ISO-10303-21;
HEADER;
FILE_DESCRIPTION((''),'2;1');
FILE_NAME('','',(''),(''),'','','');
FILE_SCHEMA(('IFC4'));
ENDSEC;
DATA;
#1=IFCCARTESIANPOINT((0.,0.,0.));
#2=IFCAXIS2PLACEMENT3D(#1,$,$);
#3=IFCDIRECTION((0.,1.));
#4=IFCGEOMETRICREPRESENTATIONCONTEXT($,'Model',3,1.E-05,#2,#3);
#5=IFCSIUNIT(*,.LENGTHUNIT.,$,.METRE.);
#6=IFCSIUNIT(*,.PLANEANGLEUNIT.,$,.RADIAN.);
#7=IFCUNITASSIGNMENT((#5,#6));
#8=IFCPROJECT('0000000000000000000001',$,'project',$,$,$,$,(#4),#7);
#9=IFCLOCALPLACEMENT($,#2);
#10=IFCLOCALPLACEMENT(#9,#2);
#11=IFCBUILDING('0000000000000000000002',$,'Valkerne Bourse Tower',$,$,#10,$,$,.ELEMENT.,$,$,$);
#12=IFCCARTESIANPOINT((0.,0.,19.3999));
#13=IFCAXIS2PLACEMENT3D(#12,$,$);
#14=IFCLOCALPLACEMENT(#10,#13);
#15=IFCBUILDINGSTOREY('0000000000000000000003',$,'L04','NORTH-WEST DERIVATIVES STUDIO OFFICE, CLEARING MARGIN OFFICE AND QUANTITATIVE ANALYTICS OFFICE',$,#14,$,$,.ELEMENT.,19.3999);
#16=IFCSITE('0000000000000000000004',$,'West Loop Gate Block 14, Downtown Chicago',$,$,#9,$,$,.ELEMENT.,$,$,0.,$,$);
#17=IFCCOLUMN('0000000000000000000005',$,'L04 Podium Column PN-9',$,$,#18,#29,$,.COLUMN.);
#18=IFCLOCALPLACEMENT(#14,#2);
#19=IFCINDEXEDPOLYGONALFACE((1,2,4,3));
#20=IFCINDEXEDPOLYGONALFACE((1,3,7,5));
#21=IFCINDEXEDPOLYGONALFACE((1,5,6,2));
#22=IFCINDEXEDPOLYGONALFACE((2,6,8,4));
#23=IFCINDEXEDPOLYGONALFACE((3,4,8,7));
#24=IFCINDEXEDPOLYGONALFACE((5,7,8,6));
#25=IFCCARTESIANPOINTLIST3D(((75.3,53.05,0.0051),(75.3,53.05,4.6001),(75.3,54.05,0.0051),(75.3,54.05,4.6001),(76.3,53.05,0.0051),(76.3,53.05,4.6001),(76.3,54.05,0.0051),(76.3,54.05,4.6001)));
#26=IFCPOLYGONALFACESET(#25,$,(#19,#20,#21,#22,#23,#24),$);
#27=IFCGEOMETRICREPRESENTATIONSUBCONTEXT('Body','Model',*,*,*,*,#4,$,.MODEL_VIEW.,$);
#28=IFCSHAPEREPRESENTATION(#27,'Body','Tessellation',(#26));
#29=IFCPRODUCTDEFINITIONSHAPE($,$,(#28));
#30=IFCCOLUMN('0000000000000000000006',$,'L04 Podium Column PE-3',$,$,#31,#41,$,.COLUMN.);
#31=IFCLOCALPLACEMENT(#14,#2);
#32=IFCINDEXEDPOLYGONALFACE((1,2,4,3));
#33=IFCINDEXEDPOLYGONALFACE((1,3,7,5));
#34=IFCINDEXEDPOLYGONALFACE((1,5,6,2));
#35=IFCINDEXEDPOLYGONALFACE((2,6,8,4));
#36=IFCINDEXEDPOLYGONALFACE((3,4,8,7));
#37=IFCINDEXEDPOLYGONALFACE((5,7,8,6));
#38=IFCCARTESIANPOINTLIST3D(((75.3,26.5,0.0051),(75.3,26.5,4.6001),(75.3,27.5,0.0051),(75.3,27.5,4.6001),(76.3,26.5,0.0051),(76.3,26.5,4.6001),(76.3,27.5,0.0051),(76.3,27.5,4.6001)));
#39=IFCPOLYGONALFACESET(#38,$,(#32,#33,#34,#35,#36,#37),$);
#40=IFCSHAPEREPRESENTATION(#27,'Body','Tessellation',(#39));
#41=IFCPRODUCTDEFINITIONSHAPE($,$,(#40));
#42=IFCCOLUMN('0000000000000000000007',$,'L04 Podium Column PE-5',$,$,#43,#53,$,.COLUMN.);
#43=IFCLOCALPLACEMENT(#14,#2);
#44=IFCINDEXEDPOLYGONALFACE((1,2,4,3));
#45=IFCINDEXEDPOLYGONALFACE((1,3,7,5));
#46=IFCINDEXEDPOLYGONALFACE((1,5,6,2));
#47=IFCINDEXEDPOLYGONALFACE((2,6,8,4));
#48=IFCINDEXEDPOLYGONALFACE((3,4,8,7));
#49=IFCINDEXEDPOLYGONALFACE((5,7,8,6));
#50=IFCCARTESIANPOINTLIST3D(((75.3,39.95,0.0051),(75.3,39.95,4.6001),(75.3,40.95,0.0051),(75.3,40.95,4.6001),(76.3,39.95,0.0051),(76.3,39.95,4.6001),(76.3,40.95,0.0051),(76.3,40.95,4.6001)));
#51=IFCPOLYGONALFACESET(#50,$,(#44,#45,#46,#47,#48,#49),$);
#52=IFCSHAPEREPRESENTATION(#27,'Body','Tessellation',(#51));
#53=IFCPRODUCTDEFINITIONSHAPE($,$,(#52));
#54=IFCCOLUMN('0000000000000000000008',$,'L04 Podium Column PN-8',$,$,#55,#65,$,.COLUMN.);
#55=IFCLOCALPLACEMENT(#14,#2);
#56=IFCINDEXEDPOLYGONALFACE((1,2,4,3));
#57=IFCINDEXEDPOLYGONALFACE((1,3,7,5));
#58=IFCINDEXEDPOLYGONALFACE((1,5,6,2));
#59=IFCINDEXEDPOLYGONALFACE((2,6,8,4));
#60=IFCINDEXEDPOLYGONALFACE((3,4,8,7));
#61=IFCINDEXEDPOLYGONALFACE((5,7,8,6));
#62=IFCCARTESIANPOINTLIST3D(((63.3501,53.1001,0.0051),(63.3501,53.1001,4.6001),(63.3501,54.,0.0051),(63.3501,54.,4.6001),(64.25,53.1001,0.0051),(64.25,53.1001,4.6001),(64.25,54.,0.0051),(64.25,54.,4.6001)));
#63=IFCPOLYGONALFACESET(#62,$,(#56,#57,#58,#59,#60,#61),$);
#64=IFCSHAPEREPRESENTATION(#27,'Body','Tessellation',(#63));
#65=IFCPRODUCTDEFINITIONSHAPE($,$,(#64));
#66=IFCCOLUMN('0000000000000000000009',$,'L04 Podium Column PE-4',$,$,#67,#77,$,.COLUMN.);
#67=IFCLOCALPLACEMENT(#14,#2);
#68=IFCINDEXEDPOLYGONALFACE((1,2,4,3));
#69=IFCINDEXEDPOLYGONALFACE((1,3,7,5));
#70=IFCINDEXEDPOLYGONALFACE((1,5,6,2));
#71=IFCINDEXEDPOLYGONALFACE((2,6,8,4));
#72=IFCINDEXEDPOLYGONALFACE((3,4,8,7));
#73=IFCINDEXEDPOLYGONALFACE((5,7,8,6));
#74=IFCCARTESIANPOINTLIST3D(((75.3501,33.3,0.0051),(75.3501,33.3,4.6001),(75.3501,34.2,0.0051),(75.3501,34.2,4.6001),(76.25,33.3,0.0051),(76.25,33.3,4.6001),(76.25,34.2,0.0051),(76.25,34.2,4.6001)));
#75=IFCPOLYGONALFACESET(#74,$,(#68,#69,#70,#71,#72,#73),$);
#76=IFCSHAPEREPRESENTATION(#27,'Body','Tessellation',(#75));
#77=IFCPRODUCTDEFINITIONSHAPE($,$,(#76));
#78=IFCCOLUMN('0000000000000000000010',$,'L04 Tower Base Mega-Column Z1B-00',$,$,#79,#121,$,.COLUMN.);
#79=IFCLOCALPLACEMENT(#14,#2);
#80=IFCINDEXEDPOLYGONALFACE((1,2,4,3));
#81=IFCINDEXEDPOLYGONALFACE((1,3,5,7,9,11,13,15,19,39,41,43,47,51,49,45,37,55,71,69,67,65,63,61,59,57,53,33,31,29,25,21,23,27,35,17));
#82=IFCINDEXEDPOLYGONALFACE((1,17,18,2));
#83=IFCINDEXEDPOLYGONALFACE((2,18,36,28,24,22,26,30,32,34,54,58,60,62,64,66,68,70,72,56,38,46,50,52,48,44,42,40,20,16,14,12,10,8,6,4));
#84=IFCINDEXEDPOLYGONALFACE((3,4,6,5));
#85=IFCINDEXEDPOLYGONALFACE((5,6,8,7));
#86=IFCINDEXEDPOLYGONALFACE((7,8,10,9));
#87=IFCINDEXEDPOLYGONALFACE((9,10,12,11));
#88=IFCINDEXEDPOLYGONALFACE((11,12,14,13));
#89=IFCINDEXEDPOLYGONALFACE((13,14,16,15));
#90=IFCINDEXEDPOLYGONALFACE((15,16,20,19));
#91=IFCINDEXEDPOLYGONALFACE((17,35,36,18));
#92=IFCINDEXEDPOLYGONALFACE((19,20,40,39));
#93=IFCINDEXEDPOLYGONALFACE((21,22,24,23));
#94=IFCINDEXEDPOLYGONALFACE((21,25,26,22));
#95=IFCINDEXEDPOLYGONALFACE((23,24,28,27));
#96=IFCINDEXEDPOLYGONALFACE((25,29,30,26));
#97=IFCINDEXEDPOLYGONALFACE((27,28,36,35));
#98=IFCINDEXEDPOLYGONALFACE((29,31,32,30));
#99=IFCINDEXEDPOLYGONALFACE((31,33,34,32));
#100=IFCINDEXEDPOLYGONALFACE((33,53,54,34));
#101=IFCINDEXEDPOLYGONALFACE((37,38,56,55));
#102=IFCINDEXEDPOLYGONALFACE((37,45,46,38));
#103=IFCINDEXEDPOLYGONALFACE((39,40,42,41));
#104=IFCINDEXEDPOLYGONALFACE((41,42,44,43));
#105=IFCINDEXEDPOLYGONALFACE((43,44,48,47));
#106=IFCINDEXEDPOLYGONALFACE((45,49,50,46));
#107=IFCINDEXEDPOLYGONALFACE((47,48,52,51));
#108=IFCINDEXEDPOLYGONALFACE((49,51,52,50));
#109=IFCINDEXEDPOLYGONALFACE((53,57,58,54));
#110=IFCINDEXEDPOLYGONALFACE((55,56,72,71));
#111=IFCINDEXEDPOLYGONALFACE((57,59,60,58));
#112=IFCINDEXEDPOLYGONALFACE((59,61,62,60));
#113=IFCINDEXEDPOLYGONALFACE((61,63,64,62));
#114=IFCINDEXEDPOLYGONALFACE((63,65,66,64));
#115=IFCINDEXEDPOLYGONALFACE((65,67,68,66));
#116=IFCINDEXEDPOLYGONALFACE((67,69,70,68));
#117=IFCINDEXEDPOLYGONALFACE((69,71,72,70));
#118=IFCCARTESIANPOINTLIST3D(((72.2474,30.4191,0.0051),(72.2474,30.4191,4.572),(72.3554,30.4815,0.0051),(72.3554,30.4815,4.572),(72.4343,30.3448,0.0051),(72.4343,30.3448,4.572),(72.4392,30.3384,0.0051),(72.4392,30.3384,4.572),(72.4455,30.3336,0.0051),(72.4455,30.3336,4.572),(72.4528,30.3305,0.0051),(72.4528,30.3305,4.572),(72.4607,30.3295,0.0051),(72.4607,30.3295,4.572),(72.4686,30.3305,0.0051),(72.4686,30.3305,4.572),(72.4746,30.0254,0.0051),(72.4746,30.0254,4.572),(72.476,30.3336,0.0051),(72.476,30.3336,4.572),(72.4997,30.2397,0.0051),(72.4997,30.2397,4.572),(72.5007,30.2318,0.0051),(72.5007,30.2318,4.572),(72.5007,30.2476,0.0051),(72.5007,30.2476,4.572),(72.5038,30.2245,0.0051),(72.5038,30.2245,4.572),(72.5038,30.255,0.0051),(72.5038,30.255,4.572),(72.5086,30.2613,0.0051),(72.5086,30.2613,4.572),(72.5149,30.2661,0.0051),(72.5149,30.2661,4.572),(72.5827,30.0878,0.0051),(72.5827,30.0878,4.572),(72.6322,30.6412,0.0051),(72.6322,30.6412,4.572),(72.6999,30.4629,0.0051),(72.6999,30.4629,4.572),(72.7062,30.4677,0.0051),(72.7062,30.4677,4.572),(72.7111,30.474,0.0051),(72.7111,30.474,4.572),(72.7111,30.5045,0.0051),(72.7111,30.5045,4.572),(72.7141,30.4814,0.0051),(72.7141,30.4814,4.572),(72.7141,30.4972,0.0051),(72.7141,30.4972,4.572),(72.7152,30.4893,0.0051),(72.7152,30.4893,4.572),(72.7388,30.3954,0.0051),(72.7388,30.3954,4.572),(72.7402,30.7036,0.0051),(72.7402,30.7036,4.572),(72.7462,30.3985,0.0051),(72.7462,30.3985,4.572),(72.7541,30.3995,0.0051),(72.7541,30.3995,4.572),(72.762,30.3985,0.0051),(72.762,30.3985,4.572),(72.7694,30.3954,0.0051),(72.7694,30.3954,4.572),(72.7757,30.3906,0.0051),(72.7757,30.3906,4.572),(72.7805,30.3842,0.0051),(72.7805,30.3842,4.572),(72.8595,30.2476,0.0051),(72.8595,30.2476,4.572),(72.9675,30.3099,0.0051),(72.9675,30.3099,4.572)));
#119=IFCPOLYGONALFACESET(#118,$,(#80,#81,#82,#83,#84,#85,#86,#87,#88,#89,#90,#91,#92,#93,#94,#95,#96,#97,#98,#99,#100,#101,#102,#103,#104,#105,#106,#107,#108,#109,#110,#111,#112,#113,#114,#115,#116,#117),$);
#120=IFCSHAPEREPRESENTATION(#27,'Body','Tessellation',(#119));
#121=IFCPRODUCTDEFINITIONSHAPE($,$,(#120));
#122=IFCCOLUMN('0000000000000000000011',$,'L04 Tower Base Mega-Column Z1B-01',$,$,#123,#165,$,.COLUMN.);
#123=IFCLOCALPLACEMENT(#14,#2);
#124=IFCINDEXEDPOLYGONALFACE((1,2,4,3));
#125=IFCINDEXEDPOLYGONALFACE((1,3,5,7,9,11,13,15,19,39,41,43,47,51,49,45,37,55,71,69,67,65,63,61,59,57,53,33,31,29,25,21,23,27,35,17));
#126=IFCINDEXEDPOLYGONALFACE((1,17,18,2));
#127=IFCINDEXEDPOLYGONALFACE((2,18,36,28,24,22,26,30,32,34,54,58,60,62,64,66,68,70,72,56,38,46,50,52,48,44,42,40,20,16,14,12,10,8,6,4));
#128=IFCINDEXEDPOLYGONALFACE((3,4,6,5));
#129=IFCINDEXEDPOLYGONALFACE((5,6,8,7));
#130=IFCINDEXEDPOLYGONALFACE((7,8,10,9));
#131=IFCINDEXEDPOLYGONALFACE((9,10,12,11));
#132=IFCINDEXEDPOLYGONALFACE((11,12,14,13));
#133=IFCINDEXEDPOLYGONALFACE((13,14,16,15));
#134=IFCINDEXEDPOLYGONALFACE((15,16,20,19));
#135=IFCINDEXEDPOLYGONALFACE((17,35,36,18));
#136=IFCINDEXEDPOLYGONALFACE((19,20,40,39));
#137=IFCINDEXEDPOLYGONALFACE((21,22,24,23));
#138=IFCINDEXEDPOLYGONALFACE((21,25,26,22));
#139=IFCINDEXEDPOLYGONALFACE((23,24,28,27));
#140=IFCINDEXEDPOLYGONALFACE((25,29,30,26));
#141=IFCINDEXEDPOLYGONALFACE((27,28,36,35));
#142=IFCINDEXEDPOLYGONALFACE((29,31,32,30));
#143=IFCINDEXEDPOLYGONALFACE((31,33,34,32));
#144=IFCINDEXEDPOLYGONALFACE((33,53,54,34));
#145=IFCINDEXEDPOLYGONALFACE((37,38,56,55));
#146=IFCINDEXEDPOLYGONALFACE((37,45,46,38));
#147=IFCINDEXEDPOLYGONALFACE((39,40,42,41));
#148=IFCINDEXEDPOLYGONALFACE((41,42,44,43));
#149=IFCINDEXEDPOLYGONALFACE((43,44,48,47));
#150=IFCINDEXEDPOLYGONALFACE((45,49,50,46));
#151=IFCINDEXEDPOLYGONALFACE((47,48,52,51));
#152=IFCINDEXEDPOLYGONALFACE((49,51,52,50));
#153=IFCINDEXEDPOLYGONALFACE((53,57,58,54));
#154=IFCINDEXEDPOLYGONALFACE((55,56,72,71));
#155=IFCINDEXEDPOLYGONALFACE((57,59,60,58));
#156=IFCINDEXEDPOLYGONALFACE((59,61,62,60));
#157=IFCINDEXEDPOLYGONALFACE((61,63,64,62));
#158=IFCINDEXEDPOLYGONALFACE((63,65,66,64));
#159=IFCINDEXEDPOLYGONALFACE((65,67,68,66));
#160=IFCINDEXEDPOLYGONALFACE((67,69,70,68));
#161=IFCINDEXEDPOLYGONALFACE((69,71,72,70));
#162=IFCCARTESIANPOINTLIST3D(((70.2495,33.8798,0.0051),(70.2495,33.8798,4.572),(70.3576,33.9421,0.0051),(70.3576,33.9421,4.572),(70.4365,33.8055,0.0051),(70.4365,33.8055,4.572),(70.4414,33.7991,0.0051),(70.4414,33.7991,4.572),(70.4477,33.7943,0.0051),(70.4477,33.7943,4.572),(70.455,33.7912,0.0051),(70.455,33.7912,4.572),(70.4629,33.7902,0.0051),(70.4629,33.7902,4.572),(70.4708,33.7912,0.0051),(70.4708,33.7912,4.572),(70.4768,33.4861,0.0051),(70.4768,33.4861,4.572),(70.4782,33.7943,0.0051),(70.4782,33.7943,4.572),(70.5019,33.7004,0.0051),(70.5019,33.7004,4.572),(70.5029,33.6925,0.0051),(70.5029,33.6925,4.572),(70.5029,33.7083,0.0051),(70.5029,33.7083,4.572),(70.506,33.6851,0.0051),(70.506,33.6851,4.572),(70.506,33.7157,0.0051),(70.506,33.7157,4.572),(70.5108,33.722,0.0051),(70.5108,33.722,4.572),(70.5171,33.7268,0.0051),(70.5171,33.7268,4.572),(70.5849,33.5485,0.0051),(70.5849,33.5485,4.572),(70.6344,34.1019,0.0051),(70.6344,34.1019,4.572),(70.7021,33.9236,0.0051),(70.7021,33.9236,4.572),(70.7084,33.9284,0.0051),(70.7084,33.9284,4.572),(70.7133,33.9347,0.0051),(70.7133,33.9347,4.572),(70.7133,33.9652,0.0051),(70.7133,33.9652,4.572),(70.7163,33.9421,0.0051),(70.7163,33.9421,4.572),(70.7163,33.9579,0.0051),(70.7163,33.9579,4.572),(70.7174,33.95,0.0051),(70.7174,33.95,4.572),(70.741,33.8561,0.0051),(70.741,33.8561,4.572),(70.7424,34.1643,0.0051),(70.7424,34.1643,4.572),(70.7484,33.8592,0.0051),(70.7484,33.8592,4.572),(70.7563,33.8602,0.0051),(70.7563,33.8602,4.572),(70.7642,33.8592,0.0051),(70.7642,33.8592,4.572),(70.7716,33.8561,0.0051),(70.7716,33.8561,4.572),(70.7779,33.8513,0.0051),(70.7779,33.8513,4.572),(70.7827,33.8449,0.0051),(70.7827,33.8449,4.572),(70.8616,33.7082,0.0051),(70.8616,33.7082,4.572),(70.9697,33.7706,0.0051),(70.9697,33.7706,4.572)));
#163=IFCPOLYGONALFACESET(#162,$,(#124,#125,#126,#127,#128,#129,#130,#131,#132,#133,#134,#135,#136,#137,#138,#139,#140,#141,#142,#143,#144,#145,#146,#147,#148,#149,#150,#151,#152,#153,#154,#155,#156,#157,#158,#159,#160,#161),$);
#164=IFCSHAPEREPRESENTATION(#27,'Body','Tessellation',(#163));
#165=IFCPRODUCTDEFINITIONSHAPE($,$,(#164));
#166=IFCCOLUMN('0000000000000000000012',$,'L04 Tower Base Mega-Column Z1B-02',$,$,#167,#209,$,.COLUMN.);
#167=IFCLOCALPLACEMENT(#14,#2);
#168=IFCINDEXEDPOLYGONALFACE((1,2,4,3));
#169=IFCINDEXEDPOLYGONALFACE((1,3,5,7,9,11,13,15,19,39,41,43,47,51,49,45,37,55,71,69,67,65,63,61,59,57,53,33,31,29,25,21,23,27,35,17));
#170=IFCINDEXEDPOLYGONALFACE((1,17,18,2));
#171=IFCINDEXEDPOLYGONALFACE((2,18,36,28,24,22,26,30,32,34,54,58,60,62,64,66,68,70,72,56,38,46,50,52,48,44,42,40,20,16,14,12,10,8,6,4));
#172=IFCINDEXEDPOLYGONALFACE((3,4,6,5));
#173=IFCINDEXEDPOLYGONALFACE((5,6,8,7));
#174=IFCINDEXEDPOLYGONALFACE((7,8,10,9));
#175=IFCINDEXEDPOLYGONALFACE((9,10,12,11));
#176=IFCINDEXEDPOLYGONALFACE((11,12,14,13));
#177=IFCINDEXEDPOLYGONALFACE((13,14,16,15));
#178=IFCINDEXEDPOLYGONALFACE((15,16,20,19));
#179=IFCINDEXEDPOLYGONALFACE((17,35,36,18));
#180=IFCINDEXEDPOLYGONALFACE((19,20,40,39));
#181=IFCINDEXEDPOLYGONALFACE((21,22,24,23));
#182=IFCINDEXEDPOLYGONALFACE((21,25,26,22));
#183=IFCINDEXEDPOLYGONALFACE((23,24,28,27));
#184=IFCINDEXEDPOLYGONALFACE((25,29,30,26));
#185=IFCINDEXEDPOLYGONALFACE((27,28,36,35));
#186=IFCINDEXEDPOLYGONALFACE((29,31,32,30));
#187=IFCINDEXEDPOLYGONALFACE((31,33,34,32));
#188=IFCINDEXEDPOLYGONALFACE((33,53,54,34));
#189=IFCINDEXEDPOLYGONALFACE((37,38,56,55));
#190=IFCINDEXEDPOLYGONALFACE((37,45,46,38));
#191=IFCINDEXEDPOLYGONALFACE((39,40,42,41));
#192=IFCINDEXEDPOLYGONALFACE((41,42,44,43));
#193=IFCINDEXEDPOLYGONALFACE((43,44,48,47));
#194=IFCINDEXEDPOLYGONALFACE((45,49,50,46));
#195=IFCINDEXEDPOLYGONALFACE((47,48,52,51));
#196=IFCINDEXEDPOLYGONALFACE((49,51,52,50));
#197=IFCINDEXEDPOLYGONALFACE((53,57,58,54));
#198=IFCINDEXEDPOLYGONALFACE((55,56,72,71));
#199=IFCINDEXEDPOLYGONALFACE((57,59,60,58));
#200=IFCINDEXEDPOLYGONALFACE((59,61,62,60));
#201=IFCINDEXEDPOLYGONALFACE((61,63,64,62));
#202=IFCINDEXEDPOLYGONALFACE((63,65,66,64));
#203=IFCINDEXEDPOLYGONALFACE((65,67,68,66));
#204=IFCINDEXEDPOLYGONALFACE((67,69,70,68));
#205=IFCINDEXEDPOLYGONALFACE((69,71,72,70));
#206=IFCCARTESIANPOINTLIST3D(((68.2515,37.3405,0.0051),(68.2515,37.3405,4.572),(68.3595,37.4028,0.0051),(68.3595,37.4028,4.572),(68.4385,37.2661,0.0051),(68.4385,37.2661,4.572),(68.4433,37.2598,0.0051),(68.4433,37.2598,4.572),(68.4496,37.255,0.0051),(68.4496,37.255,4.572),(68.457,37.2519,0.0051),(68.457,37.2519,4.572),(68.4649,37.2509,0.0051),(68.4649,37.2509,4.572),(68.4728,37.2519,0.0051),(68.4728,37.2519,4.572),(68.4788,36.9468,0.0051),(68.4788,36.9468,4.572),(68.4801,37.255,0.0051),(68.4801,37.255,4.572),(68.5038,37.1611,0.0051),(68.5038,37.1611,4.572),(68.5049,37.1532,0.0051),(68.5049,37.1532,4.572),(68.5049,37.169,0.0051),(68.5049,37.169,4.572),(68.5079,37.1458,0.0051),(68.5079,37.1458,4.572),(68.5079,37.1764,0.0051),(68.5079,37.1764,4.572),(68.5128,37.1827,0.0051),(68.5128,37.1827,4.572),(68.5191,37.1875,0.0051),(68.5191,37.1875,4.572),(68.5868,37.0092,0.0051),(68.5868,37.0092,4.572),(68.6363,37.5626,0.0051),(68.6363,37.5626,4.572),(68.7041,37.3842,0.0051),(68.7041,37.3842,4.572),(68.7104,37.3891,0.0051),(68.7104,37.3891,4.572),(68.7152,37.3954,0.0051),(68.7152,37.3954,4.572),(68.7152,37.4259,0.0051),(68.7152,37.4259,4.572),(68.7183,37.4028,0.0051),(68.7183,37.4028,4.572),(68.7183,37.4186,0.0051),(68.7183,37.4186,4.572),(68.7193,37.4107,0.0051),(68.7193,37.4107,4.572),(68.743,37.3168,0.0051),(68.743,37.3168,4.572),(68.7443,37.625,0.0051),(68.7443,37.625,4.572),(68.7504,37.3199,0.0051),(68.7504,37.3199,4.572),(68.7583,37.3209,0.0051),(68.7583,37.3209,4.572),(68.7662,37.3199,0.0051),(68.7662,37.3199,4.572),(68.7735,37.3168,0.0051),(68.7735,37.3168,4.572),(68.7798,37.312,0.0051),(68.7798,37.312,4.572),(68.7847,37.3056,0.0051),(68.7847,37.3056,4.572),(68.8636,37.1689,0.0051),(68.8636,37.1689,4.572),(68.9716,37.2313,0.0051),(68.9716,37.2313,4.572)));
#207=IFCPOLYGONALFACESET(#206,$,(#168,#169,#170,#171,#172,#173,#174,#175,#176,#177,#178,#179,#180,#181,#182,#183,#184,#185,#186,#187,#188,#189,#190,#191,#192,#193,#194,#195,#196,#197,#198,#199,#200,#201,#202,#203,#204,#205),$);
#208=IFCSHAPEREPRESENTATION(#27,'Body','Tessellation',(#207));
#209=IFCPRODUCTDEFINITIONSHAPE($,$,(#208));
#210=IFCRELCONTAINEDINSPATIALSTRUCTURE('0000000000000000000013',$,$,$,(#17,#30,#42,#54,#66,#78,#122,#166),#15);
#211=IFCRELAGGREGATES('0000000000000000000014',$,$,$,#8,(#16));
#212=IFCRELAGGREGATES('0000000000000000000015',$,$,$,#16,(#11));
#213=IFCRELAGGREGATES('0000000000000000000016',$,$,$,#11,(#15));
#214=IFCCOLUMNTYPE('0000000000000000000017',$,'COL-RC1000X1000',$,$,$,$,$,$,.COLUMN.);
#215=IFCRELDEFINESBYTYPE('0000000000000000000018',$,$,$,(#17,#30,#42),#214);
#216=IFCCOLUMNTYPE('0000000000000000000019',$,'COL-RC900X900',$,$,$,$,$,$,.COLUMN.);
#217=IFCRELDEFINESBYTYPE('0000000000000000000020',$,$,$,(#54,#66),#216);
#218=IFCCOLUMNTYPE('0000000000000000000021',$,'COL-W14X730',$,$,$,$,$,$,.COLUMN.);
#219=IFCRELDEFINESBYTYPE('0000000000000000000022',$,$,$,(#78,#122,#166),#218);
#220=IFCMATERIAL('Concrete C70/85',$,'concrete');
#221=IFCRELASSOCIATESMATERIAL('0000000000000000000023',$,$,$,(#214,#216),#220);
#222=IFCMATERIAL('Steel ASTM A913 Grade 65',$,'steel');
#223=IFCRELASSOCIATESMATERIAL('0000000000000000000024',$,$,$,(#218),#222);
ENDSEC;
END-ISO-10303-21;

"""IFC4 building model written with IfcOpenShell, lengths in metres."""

from ifc_helpers import new_model, si_unit, direction, frame, origin, origin_2d, place, context, subcontext, project, spatial, rectangle, i_section, extrude, material, material_profile, profile_set, type_object, element, save


model = new_model("IFC4")

# Units and contexts
model_context = context("Model", 3, precision=1e-05, world=origin(), true_north=direction((0.0, 1.0)))
body_context = subcontext(model_context, "Body", "Model", "MODEL_VIEW")
ifc_project = project(units=[si_unit("LENGTHUNIT", "METRE"), si_unit("PLANEANGLEUNIT", "RADIAN")], contexts=[model_context])

# Site, building, storey
site_placement = place(None, origin())
site = spatial("IfcSite", under=ifc_project, at=site_placement, Name="West Loop Gate Block 14, Downtown Chicago", CompositionType="ELEMENT", RefElevation=0.0)
building_placement = place(site_placement, origin())
building = spatial("IfcBuilding", under=site, at=building_placement, Name="Valkerne Bourse Tower", CompositionType="ELEMENT")
storey_placement = place(building_placement, frame((0.0, 0.0, 19.3999)))
storey = spatial("IfcBuildingStorey", under=building, at=storey_placement, Name="L04", Description="NORTH-WEST DERIVATIVES STUDIO OFFICE, CLEARING MARGIN OFFICE AND QUANTITATIVE ANALYTICS OFFICE", CompositionType="ELEMENT", Elevation=19.3999)

# Columns
ifc_material_1 = material(Name="Concrete C70/85", Category="concrete")
ifc_material_profile_1 = material_profile(ifc_material_1, rectangle(XDim=1.0, YDim=1.0, at=origin_2d()), Name="RC1000X1000")
ifc_profile_set_1 = profile_set([ifc_material_profile_1], Name="Concrete C70/85")
column_type_1 = type_object("IfcColumnType", Name="COL-RC1000X1000", PredefinedType="COLUMN", material=ifc_profile_set_1)
for number, where, z_axis, x_axis, name in (
    (1, (75.8, 53.55, 0.0051), (0.0, 0.0, 1.0), (1.0, 0.0, 0.0), "L04 Podium Column PN-9"),
    (2, (75.8, 27.0, 0.0051), (0.0, 0.0, 1.0), (1.0, 0.0, 0.0), "L04 Podium Column PE-3"),
    (3, (75.8, 40.45, 0.0051), (0.0, 0.0, 1.0), (1.0, 0.0, 0.0), "L04 Podium Column PE-5"),
):
    element("IfcColumn", number, at=place(storey_placement, frame(where, z_axis=z_axis, x_axis=x_axis)), inside=storey, type_object=column_type_1, Name=name, PredefinedType="COLUMN", context=body_context, shape_type="SweptSolid", body=[
        extrude(rectangle(XDim=1.0, YDim=1.0, at=origin_2d()), origin(), (0.0, 0.0, 1.0), 4.595),
    ])
ifc_material_profile_2 = material_profile(ifc_material_1, rectangle(XDim=0.8999, YDim=0.8999, at=origin_2d()), Name="RC900X900")
ifc_profile_set_2 = profile_set([ifc_material_profile_2], Name="Concrete C70/85")
column_type_2 = type_object("IfcColumnType", Name="COL-RC900X900", PredefinedType="COLUMN", material=ifc_profile_set_2)
for number, where, z_axis, x_axis, name in (
    (4, (63.8, 53.55, 0.0051), (0.0, 0.0, 1.0), (1.0, 0.0, 0.0), "L04 Podium Column PN-8"),
    (5, (75.8, 33.75, 0.0051), (0.0, 0.0, 1.0), (1.0, 0.0, 0.0), "L04 Podium Column PE-4"),
):
    element("IfcColumn", number, at=place(storey_placement, frame(where, z_axis=z_axis, x_axis=x_axis)), inside=storey, type_object=column_type_2, Name=name, PredefinedType="COLUMN", context=body_context, shape_type="SweptSolid", body=[
        extrude(rectangle(XDim=0.8999, YDim=0.8999, at=origin_2d()), origin(), (0.0, 0.0, 1.0), 4.595),
    ])
ifc_material_2 = material(Name="Steel ASTM A913 Grade 65", Category="steel")
ifc_material_profile_3 = material_profile(ifc_material_2, i_section(OverallWidth=0.4546, OverallDepth=0.5691, WebThickness=0.0779, FlangeThickness=0.1248, FilletRadius=0.0305, at=origin_2d()), Name="W14X730")
ifc_profile_set_3 = profile_set([ifc_material_profile_3], Name="Steel ASTM A913 Grade 65")
column_type_3 = type_object("IfcColumnType", Name="COL-W14X730", PredefinedType="COLUMN", material=ifc_profile_set_3)
for number, where, z_axis, x_axis, name in (
    (6, (72.6074, 30.3645, 0.0051), (0.0, 0.0, 1.0), (-0.5, 0.866025, 0.0), "L04 Tower Base Mega-Column Z1B-00"),
    (7, (70.6096, 33.8252, 0.0051), (0.0, 0.0, 1.0), (-0.5, 0.866025, 0.0), "L04 Tower Base Mega-Column Z1B-01"),
    (8, (68.6116, 37.2859, 0.0051), (0.0, 0.0, 1.0), (-0.5, 0.866025, 0.0), "L04 Tower Base Mega-Column Z1B-02"),
):
    element("IfcColumn", number, at=place(storey_placement, frame(where, z_axis=z_axis, x_axis=x_axis)), inside=storey, type_object=column_type_3, Name=name, PredefinedType="COLUMN", context=body_context, shape_type="SweptSolid", body=[
        extrude(i_section(OverallWidth=0.4546, OverallDepth=0.5691, WebThickness=0.0779, FlangeThickness=0.1248, FilletRadius=0.0305, at=origin_2d()), origin(), (0.0, 0.0, 1.0), 4.5669),
    ])

save(model, "model.ifc")
